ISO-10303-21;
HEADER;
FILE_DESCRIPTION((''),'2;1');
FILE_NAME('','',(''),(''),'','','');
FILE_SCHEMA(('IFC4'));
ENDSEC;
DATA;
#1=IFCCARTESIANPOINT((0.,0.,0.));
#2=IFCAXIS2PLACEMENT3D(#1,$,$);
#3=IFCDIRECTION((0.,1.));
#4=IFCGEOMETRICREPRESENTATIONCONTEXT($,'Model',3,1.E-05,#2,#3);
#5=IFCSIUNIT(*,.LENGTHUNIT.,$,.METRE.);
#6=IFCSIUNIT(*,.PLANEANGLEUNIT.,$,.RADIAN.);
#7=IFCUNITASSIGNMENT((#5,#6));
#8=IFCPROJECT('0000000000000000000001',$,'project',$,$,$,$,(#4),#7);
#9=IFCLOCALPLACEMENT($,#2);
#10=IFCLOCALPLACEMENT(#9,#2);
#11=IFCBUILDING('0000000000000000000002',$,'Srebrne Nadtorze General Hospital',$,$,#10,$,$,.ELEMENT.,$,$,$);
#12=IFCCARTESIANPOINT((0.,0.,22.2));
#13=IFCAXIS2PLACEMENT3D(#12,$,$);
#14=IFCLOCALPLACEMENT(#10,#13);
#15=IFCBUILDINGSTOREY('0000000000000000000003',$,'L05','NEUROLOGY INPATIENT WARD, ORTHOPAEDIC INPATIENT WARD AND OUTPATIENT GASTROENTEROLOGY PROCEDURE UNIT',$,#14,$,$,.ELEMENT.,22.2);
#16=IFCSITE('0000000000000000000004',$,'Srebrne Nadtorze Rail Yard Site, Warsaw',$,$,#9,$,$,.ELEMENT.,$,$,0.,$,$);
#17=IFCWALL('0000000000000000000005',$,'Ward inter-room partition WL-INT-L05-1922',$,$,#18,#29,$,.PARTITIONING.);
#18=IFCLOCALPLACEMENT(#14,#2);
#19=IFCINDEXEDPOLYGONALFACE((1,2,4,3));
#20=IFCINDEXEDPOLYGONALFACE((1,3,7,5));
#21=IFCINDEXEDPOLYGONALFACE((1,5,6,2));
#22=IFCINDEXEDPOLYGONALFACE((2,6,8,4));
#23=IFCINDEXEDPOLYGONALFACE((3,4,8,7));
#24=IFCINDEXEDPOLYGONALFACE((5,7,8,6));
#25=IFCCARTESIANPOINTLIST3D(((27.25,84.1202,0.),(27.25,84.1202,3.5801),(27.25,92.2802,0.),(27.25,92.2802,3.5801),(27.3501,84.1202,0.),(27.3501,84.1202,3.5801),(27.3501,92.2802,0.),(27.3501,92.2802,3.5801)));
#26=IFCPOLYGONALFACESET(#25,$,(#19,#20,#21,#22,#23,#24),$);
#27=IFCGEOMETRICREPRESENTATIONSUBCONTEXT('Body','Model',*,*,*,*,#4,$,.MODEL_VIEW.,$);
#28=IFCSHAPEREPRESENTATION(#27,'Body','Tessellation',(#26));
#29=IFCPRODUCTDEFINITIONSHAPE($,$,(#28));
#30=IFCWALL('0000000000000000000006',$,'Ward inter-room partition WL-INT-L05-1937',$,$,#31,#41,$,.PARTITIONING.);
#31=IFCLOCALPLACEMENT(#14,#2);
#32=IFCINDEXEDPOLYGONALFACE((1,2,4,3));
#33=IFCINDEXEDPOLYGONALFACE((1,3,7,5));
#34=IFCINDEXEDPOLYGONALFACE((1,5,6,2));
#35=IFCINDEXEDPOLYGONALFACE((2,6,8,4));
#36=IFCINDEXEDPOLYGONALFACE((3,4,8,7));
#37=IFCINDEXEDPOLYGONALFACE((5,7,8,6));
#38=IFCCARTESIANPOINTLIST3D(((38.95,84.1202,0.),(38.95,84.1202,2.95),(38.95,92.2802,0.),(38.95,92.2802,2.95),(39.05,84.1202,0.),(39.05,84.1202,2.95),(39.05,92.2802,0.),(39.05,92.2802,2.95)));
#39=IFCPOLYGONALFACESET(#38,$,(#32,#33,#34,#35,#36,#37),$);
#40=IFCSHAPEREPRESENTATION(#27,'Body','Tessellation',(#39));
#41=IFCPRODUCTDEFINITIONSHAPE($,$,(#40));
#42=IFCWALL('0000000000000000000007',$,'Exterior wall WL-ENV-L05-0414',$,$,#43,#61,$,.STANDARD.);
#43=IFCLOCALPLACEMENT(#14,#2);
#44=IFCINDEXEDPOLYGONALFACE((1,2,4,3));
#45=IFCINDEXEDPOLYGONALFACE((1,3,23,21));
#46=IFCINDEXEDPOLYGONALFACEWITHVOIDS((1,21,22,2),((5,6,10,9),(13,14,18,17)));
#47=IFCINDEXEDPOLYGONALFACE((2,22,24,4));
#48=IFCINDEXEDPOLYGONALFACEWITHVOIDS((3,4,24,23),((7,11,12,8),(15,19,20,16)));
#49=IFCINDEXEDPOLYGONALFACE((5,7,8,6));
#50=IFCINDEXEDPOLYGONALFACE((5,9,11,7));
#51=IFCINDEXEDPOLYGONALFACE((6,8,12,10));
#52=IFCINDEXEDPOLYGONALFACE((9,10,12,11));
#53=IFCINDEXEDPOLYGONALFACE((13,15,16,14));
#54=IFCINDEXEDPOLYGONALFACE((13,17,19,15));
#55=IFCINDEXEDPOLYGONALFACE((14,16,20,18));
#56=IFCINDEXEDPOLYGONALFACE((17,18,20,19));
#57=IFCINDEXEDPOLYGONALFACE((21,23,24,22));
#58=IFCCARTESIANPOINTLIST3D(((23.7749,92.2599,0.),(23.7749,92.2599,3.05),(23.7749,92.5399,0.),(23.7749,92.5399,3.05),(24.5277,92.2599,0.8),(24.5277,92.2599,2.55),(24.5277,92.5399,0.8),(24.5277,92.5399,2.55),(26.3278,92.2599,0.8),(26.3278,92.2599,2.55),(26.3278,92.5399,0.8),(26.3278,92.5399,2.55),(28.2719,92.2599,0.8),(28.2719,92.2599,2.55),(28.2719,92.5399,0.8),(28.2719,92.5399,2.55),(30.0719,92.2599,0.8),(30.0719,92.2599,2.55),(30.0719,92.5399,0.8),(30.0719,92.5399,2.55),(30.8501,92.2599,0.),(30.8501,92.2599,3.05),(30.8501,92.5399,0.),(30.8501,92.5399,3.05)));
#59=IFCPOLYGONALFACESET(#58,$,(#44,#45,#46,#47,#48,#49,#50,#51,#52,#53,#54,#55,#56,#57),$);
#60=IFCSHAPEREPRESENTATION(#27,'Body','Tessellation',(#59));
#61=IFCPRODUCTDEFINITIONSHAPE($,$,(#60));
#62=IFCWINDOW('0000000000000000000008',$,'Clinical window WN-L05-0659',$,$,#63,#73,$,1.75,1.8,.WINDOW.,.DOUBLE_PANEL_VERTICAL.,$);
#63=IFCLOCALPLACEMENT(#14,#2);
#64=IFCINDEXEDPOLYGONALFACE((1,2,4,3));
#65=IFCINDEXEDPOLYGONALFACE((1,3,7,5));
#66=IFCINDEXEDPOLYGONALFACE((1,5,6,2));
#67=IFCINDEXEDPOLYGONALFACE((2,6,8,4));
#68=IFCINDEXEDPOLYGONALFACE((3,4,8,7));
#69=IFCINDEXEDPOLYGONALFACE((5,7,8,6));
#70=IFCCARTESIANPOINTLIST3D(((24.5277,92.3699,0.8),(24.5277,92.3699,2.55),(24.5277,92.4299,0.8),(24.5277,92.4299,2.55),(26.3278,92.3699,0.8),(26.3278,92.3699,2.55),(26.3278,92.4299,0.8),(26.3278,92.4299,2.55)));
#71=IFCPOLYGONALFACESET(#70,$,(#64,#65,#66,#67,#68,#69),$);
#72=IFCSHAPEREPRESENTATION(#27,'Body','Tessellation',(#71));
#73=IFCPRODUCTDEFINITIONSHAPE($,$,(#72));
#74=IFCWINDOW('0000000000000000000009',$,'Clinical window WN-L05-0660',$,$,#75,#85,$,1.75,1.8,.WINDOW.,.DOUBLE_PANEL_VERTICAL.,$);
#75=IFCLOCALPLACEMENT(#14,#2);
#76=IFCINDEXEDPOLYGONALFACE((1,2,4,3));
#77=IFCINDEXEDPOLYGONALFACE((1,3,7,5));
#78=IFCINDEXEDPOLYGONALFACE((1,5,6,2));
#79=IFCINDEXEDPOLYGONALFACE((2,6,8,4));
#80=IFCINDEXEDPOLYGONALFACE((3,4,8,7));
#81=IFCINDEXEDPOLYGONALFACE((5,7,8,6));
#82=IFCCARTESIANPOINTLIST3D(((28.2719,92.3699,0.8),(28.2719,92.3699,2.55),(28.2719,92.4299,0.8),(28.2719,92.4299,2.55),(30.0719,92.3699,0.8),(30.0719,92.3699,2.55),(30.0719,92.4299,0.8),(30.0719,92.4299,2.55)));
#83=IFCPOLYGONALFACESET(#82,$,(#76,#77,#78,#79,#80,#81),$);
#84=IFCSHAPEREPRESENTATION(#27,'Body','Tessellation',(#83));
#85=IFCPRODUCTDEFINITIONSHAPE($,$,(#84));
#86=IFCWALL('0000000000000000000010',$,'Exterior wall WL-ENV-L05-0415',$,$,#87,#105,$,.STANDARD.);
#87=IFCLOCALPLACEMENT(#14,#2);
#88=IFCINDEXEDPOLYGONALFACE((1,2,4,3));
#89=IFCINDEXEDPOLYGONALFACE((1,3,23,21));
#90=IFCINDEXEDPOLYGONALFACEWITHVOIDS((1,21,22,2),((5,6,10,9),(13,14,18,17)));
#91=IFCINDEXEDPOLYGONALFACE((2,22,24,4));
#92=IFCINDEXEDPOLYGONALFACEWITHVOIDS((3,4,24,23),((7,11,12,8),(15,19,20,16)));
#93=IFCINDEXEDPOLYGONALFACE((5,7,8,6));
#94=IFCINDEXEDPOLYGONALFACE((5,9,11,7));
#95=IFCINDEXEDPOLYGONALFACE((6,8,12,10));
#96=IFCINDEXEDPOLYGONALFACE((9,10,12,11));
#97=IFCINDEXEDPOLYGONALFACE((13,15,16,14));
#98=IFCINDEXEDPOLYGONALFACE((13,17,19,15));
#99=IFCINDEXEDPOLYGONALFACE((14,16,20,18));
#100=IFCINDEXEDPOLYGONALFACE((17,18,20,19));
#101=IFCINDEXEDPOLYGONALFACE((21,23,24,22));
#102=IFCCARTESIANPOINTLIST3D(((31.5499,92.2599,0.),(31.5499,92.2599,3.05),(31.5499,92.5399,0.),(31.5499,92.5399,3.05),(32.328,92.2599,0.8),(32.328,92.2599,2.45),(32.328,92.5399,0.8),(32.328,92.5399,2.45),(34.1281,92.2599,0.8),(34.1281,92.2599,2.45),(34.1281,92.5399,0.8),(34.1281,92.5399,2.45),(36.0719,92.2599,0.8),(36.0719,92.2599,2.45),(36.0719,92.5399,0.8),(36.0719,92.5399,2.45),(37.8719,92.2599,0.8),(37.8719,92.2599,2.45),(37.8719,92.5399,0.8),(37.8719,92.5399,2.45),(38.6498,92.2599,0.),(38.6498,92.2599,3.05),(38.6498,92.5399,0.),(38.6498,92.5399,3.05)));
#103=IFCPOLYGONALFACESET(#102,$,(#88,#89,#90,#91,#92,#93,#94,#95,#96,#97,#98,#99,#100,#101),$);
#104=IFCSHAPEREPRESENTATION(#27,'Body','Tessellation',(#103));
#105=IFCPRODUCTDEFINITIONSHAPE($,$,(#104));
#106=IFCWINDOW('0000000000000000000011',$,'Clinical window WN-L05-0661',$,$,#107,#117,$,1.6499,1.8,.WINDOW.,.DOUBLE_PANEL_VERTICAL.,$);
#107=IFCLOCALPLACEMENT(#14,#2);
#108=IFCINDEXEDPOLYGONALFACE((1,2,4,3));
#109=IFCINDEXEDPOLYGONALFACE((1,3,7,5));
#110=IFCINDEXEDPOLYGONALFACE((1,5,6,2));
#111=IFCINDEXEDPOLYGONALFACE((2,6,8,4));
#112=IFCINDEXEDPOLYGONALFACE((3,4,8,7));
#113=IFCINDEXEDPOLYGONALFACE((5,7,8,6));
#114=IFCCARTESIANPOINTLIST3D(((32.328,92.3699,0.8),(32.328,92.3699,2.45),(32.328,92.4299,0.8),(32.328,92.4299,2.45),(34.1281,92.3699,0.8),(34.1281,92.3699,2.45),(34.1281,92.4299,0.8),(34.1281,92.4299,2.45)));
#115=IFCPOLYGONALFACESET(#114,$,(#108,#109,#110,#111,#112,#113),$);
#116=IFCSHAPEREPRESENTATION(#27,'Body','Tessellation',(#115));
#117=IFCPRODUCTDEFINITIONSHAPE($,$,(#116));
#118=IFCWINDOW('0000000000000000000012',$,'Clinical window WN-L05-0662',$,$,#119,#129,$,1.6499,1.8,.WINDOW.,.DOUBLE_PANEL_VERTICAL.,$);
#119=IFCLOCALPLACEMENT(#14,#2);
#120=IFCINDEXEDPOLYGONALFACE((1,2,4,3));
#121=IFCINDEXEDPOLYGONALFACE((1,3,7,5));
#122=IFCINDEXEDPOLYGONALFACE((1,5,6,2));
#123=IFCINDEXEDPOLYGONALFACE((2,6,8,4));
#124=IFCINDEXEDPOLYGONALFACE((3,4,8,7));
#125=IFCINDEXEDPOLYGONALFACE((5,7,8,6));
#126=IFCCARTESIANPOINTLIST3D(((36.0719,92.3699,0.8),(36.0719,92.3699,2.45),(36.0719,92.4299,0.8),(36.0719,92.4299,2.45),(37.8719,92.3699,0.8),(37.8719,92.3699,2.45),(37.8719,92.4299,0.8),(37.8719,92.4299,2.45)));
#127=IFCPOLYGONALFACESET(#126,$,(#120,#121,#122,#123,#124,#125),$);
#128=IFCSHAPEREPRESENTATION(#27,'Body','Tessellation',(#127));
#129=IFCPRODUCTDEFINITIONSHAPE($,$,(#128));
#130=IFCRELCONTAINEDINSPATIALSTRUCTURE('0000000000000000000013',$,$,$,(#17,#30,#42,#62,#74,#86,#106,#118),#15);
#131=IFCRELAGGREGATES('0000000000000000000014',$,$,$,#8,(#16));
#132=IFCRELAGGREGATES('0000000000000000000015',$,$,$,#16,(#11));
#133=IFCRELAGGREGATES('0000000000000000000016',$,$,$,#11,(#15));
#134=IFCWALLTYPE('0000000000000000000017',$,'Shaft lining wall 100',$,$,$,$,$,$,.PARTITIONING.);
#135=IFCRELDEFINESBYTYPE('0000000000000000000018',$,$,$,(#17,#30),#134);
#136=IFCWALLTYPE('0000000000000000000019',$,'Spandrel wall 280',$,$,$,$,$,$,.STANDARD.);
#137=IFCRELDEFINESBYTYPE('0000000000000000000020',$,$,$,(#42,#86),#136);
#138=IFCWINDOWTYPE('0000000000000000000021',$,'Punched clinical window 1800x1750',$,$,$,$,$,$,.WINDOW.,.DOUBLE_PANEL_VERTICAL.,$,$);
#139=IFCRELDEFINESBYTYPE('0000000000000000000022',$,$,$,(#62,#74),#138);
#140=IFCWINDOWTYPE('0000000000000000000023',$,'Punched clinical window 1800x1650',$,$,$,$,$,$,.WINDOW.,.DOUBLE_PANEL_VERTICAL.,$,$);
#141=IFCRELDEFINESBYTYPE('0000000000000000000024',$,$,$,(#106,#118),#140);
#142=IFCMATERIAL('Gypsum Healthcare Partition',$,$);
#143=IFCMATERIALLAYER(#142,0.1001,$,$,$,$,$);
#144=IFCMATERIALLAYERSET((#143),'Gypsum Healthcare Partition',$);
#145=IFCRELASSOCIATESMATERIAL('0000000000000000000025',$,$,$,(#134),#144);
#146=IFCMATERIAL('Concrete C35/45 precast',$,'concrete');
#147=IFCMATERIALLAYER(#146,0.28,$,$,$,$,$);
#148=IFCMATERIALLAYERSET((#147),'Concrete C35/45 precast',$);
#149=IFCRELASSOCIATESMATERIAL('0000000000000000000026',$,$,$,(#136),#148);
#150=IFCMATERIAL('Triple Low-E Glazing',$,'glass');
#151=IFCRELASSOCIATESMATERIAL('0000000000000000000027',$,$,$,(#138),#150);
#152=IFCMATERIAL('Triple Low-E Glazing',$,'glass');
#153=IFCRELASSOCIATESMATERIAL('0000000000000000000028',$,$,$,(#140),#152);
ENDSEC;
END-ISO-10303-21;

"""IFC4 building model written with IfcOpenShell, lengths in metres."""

from ifc_helpers import new_model, si_unit, direction, frame, frame_2d, origin, place, context, subcontext, project, spatial, rectangle, extrude, material, layer, layer_set, type_object, element, fill, save


model = new_model("IFC4")

# Units and contexts
model_context = context("Model", 3, precision=1e-05, world=origin(), true_north=direction((0.0, 1.0)))
body_context = subcontext(model_context, "Body", "Model", "MODEL_VIEW")
ifc_project = project(units=[si_unit("LENGTHUNIT", "METRE"), si_unit("PLANEANGLEUNIT", "RADIAN")], contexts=[model_context])

# Site, building, storey
site_placement = place(None, origin())
site = spatial("IfcSite", under=ifc_project, at=site_placement, Name="Srebrne Nadtorze Rail Yard Site, Warsaw", CompositionType="ELEMENT", RefElevation=0.0)
building_placement = place(site_placement, origin())
building = spatial("IfcBuilding", under=site, at=building_placement, Name="Srebrne Nadtorze General Hospital", CompositionType="ELEMENT")
storey_placement = place(building_placement, frame((0.0, 0.0, 22.2)))
storey = spatial("IfcBuildingStorey", under=building, at=storey_placement, Name="L05", Description="NEUROLOGY INPATIENT WARD, ORTHOPAEDIC INPATIENT WARD AND OUTPATIENT GASTROENTEROLOGY PROCEDURE UNIT", CompositionType="ELEMENT", Elevation=22.2)

# Walls
ifc_material_1 = material(Name="Gypsum Healthcare Partition")
ifc_layer_1 = layer(ifc_material_1, 0.1001)
ifc_layer_set_1 = layer_set([ifc_layer_1], Name="Gypsum Healthcare Partition")
wall_type_1 = type_object("IfcWallType", Name="Shaft lining wall 100", PredefinedType="PARTITIONING", material=ifc_layer_set_1)
wall_1_placement = place(storey_placement, frame((27.3, 84.1201, 0.0), z_axis=(0.0, 0.0, 1.0), x_axis=(0.0, 1.0, 0.0)))
element("IfcWall", 1, at=wall_1_placement, inside=storey, type_object=wall_type_1, Name="Ward inter-room partition WL-INT-L05-1922", PredefinedType="PARTITIONING", context=body_context, shape_type="SweptSolid", body=[
    extrude(rectangle(XDim=8.1599, YDim=0.1001, at=frame_2d((4.0801, 0.0))), origin(), (0.0, 0.0, 1.0), 3.5801),
])
wall_2_placement = place(storey_placement, frame((39.0, 84.1201, 0.0), z_axis=(0.0, 0.0, 1.0), x_axis=(0.0, 1.0, 0.0)))
element("IfcWall", 2, at=wall_2_placement, inside=storey, type_object=wall_type_1, Name="Ward inter-room partition WL-INT-L05-1937", PredefinedType="PARTITIONING", context=body_context, shape_type="SweptSolid", body=[
    extrude(rectangle(XDim=8.1599, YDim=0.1001, at=frame_2d((4.0801, 0.0))), origin(), (0.0, 0.0, 1.0), 2.95),
])

# Walls, openings, windows
ifc_material_2 = material(Name="Concrete C35/45 precast", Category="concrete")
ifc_layer_2 = layer(ifc_material_2, 0.28)
ifc_layer_set_2 = layer_set([ifc_layer_2], Name="Concrete C35/45 precast")
wall_type_2 = type_object("IfcWallType", Name="Spandrel wall 280", PredefinedType="STANDARD", material=ifc_layer_set_2)
wall_3_placement = place(storey_placement, frame((23.7749, 92.3999, 0.0), z_axis=(0.0, 0.0, 1.0), x_axis=(1.0, 0.0, 0.0)))
wall_3 = element("IfcWall", 3, at=wall_3_placement, inside=storey, type_object=wall_type_2, Name="Exterior wall WL-ENV-L05-0414", PredefinedType="STANDARD", context=body_context, shape_type="SweptSolid", body=[
    extrude(rectangle(XDim=7.0752, YDim=0.28, at=frame_2d((3.5376, 0.0))), origin(), (0.0, 0.0, 1.0), 3.05),
])
opening_1_placement = place(wall_3_placement, frame((0.7529, 0.0, 0.8)))
opening_1 = element("IfcOpeningElement", 4, at=opening_1_placement, cuts=wall_3, PredefinedType="OPENING", context=body_context, shape_type="SweptSolid", body=[
    extrude(rectangle(XDim=1.8, YDim=1.75, at=frame_2d((0.8999, 0.875))), frame((0.0, 0.1519, 0.0), z_axis=(0.0, -1.0, 0.0), x_axis=(1.0, 0.0, 0.0)), (0.0, 0.0, 1.0), 0.304),
])
opening_2_placement = place(wall_3_placement, frame((4.4971, 0.0, 0.8)))
opening_2 = element("IfcOpeningElement", 5, at=opening_2_placement, cuts=wall_3, PredefinedType="OPENING", context=body_context, shape_type="SweptSolid", body=[
    extrude(rectangle(XDim=1.8, YDim=1.75, at=frame_2d((0.8999, 0.875))), frame((0.0, 0.1519, 0.0), z_axis=(0.0, -1.0, 0.0), x_axis=(1.0, 0.0, 0.0)), (0.0, 0.0, 1.0), 0.304),
])
ifc_material_3 = material(Name="Triple Low-E Glazing", Category="glass")
window_type_1 = type_object("IfcWindowType", Name="Punched clinical window 1800x1750", PartitioningType="DOUBLE_PANEL_VERTICAL", PredefinedType="WINDOW", material=ifc_material_3)
window_1_placement = place(opening_1_placement, origin())
window_1 = element("IfcWindow", 6, at=window_1_placement, inside=storey, type_object=window_type_1, Name="Clinical window WN-L05-0659", OverallHeight=1.75, OverallWidth=1.8, PartitioningType="DOUBLE_PANEL_VERTICAL", PredefinedType="WINDOW", context=body_context, shape_type="SweptSolid", body=[
    extrude(rectangle(XDim=1.8, YDim=1.75, at=frame_2d((0.8999, 0.875))), frame((0.0, 0.03, 0.0), z_axis=(0.0, -1.0, 0.0), x_axis=(1.0, 0.0, 0.0)), (0.0, 0.0, 1.0), 0.0601),
])
fill(opening_1, window_1)
window_2_placement = place(opening_2_placement, origin())
window_2 = element("IfcWindow", 7, at=window_2_placement, inside=storey, type_object=window_type_1, Name="Clinical window WN-L05-0660", OverallHeight=1.75, OverallWidth=1.8, PartitioningType="DOUBLE_PANEL_VERTICAL", PredefinedType="WINDOW", context=body_context, shape_type="SweptSolid", body=[
    extrude(rectangle(XDim=1.8, YDim=1.75, at=frame_2d((0.8999, 0.875))), frame((0.0, 0.03, 0.0), z_axis=(0.0, -1.0, 0.0), x_axis=(1.0, 0.0, 0.0)), (0.0, 0.0, 1.0), 0.0601),
])
fill(opening_2, window_2)
wall_4_placement = place(storey_placement, frame((31.55, 92.3999, 0.0), z_axis=(0.0, 0.0, 1.0), x_axis=(1.0, 0.0, 0.0)))
wall_4 = element("IfcWall", 8, at=wall_4_placement, inside=storey, type_object=wall_type_2, Name="Exterior wall WL-ENV-L05-0415", PredefinedType="STANDARD", context=body_context, shape_type="SweptSolid", body=[
    extrude(rectangle(XDim=7.0999, YDim=0.28, at=frame_2d((3.5498, 0.0))), origin(), (0.0, 0.0, 1.0), 3.05),
])
opening_3_placement = place(wall_4_placement, frame((0.7781, 0.0, 0.8)))
opening_3 = element("IfcOpeningElement", 9, at=opening_3_placement, cuts=wall_4, PredefinedType="OPENING", context=body_context, shape_type="SweptSolid", body=[
    extrude(rectangle(XDim=1.8, YDim=1.6499, at=frame_2d((0.8999, 0.825))), frame((0.0, 0.1519, 0.0), z_axis=(0.0, -1.0, 0.0), x_axis=(1.0, 0.0, 0.0)), (0.0, 0.0, 1.0), 0.304),
])
opening_4_placement = place(wall_4_placement, frame((4.522, 0.0, 0.8)))
opening_4 = element("IfcOpeningElement", 10, at=opening_4_placement, cuts=wall_4, PredefinedType="OPENING", context=body_context, shape_type="SweptSolid", body=[
    extrude(rectangle(XDim=1.8, YDim=1.6499, at=frame_2d((0.8999, 0.825))), frame((0.0, 0.1519, 0.0), z_axis=(0.0, -1.0, 0.0), x_axis=(1.0, 0.0, 0.0)), (0.0, 0.0, 1.0), 0.304),
])
ifc_material_4 = material(Name="Triple Low-E Glazing", Category="glass")
window_type_2 = type_object("IfcWindowType", Name="Punched clinical window 1800x1650", PartitioningType="DOUBLE_PANEL_VERTICAL", PredefinedType="WINDOW", material=ifc_material_4)
window_3_placement = place(opening_3_placement, origin())
window_3 = element("IfcWindow", 11, at=window_3_placement, inside=storey, type_object=window_type_2, Name="Clinical window WN-L05-0661", OverallHeight=1.6499, OverallWidth=1.8, PartitioningType="DOUBLE_PANEL_VERTICAL", PredefinedType="WINDOW", context=body_context, shape_type="SweptSolid", body=[
    extrude(rectangle(XDim=1.8, YDim=1.6499, at=frame_2d((0.8999, 0.825))), frame((0.0, 0.03, 0.0), z_axis=(0.0, -1.0, 0.0), x_axis=(1.0, 0.0, 0.0)), (0.0, 0.0, 1.0), 0.0601),
])
fill(opening_3, window_3)
window_4_placement = place(opening_4_placement, origin())
window_4 = element("IfcWindow", 12, at=window_4_placement, inside=storey, type_object=window_type_2, Name="Clinical window WN-L05-0662", OverallHeight=1.6499, OverallWidth=1.8, PartitioningType="DOUBLE_PANEL_VERTICAL", PredefinedType="WINDOW", context=body_context, shape_type="SweptSolid", body=[
    extrude(rectangle(XDim=1.8, YDim=1.6499, at=frame_2d((0.8999, 0.825))), frame((0.0, 0.03, 0.0), z_axis=(0.0, -1.0, 0.0), x_axis=(1.0, 0.0, 0.0)), (0.0, 0.0, 1.0), 0.0601),
])
fill(opening_4, window_4)

save(model, "model.ifc")
